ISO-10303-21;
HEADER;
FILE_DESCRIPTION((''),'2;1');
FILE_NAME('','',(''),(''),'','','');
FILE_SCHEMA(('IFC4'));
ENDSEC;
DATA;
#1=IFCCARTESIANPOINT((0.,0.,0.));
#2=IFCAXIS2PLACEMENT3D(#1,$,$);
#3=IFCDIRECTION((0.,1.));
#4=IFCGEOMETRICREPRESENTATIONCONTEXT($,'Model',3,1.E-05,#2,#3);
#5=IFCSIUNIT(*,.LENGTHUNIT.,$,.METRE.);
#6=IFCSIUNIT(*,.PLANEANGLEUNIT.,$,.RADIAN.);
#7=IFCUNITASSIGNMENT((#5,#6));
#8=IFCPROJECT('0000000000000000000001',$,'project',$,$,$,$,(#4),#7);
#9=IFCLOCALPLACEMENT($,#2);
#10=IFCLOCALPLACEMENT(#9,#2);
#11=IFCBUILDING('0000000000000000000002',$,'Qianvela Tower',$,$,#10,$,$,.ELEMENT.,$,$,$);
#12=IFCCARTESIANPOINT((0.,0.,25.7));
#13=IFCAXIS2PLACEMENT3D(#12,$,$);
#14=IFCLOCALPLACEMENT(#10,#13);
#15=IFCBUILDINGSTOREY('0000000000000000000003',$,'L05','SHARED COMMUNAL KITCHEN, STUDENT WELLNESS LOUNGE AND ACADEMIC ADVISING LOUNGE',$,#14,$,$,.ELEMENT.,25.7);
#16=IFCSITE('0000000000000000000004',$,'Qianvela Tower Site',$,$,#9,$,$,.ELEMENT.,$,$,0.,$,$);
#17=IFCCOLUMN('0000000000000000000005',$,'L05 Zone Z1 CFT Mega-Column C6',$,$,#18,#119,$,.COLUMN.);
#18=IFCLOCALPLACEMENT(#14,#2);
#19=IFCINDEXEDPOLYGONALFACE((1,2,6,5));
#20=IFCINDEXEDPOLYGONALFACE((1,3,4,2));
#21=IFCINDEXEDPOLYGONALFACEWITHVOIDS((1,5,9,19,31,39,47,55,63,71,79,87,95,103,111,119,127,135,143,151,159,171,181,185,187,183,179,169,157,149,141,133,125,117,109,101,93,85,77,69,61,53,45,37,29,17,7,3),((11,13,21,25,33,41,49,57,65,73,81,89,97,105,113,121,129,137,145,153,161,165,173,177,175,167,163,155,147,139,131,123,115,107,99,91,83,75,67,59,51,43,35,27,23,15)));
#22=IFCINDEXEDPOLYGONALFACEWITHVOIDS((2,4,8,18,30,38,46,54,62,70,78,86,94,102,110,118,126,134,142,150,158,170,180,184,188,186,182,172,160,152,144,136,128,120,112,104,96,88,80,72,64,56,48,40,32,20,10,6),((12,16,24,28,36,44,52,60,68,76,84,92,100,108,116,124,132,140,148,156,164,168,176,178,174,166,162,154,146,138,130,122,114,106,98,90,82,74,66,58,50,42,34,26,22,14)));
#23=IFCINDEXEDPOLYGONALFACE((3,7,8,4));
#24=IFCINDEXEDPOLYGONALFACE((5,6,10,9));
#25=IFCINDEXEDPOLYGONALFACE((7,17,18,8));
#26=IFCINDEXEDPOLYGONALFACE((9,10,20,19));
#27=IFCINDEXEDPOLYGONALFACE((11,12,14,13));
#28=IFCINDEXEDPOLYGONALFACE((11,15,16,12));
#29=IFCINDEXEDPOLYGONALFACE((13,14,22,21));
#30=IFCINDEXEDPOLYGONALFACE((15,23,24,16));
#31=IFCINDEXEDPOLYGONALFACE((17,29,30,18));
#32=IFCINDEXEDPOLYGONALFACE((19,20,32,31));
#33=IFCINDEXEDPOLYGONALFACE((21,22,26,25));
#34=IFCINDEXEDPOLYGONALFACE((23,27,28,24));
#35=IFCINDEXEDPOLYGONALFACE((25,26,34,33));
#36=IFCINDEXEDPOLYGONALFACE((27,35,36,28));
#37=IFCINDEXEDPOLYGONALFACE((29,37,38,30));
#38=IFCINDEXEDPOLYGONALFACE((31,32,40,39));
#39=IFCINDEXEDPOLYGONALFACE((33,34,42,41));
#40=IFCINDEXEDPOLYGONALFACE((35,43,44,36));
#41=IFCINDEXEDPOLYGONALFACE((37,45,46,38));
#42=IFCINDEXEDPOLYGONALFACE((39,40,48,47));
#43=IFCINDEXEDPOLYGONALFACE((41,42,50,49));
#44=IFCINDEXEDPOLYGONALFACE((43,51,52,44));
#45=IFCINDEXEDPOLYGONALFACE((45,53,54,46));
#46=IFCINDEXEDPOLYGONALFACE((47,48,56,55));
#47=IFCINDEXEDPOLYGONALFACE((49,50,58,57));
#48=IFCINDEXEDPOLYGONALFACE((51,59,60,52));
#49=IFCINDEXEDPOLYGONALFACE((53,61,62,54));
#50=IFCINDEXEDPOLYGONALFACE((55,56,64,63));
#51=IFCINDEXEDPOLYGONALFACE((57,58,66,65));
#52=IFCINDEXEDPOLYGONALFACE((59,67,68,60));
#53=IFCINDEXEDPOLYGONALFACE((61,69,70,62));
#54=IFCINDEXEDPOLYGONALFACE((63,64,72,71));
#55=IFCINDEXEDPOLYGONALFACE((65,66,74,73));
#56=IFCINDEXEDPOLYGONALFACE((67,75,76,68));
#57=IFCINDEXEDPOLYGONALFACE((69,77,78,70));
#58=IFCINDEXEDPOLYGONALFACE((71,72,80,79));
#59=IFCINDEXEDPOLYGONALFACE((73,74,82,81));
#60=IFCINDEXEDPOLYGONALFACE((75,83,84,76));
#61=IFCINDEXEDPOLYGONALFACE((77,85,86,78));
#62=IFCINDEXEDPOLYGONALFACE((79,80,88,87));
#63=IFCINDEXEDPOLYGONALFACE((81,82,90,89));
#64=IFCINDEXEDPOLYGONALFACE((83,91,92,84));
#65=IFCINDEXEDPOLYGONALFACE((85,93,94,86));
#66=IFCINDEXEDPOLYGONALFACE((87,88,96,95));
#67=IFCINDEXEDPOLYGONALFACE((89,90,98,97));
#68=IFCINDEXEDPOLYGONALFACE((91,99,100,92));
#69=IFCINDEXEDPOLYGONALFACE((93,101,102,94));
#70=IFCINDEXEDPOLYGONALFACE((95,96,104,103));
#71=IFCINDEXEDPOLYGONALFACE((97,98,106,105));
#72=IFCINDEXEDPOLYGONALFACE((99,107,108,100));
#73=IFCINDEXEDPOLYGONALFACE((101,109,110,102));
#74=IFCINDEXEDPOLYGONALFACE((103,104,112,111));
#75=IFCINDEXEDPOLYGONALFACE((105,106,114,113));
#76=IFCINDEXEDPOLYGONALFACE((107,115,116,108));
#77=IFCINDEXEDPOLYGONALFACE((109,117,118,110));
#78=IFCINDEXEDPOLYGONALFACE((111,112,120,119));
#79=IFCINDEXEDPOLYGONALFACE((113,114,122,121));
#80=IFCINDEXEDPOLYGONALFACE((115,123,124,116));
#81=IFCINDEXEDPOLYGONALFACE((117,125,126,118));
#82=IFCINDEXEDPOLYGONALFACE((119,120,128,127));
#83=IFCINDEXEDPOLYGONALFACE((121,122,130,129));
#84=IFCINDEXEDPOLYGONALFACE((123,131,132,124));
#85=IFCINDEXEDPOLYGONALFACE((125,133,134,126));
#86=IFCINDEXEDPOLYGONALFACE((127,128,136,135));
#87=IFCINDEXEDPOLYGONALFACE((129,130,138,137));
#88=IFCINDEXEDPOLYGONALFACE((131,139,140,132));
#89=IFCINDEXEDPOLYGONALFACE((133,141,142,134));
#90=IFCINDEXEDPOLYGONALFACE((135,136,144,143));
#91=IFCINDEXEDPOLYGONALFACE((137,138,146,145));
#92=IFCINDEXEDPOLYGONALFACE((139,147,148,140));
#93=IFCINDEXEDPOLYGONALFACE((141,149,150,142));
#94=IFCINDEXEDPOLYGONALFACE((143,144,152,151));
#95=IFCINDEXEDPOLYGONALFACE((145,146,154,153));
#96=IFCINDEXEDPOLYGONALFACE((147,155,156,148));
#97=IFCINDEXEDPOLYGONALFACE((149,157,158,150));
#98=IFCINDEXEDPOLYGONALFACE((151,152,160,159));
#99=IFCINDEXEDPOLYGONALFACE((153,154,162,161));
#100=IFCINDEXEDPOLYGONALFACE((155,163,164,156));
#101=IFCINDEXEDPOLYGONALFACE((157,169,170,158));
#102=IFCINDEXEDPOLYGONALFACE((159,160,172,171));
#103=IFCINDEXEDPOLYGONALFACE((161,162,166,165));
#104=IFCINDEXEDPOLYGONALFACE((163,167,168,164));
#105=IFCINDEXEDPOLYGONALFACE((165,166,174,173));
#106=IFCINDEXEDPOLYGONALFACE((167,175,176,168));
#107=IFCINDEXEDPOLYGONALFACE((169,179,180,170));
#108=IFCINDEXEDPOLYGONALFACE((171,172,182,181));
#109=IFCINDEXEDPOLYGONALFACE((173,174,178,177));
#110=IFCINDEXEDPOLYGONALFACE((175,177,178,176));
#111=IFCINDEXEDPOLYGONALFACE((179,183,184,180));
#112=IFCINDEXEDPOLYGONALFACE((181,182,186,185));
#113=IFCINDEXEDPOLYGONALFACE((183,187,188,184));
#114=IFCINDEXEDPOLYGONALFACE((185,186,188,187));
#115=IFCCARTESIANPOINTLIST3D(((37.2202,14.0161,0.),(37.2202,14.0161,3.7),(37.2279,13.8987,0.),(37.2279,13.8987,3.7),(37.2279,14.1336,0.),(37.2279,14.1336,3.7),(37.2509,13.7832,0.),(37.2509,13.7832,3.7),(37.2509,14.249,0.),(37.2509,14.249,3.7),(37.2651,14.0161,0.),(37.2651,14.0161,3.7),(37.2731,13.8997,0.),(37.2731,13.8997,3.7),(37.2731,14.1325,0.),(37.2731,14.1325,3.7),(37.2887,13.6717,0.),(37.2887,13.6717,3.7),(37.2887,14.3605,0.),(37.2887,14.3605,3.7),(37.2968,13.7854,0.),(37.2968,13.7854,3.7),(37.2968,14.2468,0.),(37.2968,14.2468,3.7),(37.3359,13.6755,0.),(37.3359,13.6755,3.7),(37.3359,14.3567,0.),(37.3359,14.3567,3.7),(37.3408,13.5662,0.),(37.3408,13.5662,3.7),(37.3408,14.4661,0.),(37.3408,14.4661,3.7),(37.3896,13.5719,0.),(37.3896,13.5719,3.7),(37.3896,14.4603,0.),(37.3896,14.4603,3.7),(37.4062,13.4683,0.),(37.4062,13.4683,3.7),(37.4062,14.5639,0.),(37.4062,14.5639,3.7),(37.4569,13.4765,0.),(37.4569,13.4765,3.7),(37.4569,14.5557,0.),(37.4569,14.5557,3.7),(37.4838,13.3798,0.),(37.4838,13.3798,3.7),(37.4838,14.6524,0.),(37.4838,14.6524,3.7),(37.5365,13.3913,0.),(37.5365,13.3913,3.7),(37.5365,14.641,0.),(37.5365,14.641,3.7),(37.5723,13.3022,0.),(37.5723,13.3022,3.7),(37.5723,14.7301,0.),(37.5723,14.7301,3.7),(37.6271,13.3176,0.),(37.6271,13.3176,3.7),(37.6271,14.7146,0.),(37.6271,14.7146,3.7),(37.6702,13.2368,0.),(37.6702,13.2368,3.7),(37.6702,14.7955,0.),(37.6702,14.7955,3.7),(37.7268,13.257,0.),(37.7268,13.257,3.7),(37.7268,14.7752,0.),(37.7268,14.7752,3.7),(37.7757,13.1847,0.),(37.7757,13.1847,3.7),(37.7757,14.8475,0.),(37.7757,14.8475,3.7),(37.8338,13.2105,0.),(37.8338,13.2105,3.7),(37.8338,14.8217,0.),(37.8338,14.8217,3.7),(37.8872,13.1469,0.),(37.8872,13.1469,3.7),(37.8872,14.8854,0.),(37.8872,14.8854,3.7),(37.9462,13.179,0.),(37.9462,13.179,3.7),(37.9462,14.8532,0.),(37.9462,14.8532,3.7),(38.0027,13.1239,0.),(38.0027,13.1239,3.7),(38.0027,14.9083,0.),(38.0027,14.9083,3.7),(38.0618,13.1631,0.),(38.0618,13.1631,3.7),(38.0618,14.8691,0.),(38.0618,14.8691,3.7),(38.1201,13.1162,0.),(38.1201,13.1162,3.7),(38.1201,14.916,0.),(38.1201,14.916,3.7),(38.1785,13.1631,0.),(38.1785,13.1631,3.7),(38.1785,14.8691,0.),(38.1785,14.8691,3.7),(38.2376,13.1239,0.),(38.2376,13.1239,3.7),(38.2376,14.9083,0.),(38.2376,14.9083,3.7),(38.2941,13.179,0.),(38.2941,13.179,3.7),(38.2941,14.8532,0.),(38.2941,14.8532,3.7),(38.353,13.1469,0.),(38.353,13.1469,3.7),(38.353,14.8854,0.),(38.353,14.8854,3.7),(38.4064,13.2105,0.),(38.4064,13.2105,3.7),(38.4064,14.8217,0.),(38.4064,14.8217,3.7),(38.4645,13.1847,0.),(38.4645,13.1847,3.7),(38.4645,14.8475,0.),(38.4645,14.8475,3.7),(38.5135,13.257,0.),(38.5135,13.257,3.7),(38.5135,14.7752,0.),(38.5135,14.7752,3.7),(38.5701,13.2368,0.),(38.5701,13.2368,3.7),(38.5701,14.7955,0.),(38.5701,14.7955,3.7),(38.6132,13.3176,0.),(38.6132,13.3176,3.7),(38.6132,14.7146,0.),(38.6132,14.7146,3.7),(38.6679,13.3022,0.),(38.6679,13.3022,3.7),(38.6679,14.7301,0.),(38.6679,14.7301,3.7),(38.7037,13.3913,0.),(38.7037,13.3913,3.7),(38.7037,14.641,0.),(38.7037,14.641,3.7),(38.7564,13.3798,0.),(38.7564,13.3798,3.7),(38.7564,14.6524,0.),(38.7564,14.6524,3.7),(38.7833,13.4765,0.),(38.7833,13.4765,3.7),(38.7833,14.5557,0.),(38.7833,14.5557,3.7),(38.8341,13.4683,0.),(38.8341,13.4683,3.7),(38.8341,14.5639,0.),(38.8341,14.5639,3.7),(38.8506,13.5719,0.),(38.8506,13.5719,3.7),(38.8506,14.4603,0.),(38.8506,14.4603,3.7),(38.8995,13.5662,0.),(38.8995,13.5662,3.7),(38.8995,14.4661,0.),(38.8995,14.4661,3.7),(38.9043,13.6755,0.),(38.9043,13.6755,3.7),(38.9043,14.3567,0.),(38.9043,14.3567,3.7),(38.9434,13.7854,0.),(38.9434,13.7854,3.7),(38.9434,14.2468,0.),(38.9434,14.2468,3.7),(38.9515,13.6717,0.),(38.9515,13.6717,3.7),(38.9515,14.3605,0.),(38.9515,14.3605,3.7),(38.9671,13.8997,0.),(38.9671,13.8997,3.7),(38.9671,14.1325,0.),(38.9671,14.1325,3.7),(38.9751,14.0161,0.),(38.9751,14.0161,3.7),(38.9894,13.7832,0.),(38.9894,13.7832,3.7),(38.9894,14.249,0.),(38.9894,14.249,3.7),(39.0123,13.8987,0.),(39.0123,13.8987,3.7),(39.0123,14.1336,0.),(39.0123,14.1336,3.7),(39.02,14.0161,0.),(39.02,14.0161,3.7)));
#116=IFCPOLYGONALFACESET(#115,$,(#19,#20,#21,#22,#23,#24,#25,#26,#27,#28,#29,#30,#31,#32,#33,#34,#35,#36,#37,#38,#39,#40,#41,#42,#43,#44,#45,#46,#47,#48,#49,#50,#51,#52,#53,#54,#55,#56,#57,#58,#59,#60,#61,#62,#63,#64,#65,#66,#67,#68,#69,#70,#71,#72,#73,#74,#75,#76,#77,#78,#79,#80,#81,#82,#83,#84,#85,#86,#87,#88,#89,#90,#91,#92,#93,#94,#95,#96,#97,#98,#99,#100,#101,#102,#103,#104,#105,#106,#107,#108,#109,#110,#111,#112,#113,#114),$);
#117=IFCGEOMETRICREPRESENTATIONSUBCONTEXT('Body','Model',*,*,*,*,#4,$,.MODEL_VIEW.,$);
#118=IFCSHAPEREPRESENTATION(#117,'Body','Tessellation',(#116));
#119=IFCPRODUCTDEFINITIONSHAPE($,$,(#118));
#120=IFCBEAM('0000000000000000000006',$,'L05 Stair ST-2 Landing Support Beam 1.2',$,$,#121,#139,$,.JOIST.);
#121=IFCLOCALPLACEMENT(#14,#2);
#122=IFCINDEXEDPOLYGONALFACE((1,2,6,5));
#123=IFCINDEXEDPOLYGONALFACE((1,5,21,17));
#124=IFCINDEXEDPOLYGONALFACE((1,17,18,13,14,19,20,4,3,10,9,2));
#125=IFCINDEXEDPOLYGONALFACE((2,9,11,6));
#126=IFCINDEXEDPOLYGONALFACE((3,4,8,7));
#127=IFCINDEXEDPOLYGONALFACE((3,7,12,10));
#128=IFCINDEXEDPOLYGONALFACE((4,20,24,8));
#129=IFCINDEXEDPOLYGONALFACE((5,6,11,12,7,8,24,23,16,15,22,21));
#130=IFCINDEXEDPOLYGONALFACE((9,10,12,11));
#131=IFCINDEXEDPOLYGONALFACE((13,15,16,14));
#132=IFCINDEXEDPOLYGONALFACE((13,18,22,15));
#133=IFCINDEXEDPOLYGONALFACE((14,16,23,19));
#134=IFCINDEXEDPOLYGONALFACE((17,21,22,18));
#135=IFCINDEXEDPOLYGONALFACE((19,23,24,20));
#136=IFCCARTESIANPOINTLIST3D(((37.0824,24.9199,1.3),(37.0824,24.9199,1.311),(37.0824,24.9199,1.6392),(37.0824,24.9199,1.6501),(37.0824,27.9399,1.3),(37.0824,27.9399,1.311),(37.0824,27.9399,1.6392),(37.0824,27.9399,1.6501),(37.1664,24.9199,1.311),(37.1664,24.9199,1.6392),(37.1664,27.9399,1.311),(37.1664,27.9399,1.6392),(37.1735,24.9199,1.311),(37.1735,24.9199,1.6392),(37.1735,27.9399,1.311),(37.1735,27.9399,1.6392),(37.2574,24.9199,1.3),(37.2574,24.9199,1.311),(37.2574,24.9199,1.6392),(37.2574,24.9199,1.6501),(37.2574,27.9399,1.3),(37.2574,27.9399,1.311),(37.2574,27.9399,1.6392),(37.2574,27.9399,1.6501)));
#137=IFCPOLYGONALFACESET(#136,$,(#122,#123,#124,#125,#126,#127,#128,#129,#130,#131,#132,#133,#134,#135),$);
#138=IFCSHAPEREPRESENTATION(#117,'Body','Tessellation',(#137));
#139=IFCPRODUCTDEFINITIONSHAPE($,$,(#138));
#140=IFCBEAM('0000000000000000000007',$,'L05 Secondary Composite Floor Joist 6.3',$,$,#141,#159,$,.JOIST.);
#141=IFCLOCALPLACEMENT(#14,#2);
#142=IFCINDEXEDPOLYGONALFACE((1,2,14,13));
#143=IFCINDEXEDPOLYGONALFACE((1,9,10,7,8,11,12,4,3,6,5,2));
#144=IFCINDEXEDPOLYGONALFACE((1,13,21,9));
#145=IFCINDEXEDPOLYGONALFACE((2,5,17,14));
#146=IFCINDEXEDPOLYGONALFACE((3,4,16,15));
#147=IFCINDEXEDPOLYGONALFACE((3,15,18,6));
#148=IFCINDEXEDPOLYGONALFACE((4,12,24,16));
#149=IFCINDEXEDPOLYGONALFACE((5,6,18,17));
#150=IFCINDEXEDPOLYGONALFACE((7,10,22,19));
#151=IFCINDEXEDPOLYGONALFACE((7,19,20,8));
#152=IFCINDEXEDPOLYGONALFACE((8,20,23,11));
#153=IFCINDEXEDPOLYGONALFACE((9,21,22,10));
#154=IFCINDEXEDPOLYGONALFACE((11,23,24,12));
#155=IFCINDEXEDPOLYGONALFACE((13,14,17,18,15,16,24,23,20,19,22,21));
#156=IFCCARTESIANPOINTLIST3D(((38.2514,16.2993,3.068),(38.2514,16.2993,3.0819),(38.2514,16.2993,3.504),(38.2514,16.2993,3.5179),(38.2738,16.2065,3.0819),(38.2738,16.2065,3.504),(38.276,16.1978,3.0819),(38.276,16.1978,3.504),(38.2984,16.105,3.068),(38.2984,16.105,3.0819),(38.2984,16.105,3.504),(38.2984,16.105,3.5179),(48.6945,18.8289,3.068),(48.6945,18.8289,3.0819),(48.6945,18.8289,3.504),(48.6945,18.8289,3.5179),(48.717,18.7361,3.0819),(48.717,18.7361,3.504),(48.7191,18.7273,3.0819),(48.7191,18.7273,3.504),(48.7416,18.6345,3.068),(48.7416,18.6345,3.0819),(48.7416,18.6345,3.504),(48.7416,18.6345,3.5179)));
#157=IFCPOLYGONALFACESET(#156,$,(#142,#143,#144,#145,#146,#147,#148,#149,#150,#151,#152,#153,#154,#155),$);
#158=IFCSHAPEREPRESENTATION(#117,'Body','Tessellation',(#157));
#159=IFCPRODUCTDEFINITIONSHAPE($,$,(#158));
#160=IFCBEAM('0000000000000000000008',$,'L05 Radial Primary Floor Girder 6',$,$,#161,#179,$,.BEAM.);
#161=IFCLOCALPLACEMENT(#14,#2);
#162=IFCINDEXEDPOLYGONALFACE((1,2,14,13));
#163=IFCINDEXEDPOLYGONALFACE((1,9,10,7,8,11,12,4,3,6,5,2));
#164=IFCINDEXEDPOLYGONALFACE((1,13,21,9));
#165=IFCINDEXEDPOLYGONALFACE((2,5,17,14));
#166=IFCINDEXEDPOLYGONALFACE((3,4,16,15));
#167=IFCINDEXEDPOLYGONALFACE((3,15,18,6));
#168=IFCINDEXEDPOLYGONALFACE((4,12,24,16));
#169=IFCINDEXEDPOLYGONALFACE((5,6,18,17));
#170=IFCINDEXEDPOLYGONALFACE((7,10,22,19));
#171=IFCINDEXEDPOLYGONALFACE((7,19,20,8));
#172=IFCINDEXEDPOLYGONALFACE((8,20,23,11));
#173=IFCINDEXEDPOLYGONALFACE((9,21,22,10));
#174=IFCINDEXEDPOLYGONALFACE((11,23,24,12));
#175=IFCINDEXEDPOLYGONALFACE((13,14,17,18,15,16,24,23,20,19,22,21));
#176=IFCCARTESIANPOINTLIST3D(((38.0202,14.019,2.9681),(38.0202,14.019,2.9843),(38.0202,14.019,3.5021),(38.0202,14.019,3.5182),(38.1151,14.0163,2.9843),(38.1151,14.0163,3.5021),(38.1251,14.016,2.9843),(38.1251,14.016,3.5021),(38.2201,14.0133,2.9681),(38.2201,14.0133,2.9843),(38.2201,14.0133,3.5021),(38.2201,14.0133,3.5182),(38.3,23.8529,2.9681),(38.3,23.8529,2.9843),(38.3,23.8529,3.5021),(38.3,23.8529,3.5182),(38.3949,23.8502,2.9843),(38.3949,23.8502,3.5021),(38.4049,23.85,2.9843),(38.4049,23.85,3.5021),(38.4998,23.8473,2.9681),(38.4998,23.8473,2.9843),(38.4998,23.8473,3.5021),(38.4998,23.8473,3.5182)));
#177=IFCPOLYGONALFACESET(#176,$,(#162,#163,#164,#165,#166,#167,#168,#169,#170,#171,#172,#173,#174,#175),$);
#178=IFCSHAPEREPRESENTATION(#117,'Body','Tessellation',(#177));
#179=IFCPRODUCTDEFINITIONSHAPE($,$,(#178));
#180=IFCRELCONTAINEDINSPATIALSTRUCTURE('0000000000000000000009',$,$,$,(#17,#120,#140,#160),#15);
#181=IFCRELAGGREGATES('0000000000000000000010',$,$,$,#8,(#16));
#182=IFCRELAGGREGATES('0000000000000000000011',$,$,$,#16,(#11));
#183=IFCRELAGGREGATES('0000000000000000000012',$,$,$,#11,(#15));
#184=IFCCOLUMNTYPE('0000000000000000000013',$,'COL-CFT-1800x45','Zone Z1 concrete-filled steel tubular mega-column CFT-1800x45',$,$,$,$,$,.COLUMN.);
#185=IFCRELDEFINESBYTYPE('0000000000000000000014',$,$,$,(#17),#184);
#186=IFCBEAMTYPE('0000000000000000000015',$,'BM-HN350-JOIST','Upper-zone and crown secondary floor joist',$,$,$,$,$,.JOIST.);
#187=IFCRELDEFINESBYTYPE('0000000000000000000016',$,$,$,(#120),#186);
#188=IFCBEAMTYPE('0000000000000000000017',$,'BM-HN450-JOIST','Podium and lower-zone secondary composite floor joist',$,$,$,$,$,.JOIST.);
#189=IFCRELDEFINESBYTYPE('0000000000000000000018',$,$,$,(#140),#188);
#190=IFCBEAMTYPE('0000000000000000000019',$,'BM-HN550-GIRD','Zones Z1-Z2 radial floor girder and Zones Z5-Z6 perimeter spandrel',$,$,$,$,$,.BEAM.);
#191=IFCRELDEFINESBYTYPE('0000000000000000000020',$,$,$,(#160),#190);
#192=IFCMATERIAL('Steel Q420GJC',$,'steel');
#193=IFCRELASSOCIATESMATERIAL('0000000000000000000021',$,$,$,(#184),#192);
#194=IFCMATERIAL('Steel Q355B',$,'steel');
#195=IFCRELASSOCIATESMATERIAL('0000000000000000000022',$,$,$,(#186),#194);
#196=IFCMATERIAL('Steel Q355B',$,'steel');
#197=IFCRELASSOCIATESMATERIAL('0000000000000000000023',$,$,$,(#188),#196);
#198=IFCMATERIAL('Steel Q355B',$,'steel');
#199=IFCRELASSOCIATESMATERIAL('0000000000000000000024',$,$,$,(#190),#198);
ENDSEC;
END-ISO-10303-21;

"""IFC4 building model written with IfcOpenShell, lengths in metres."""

from ifc_helpers import new_model, si_unit, direction, frame, origin, origin_2d, place, context, subcontext, project, spatial, hollow_circle, i_section, extrude, material, material_profile, profile_set, type_object, element, save


model = new_model("IFC4")

# Units and contexts
model_context = context("Model", 3, precision=1e-05, world=origin(), true_north=direction((0.0, 1.0)))
body_context = subcontext(model_context, "Body", "Model", "MODEL_VIEW")
ifc_project = project(units=[si_unit("LENGTHUNIT", "METRE"), si_unit("PLANEANGLEUNIT", "RADIAN")], contexts=[model_context])

# Site, building, storey
site_placement = place(None, origin())
site = spatial("IfcSite", under=ifc_project, at=site_placement, Name="Qianvela Tower Site", CompositionType="ELEMENT", RefElevation=0.0)
building_placement = place(site_placement, origin())
building = spatial("IfcBuilding", under=site, at=building_placement, Name="Qianvela Tower", CompositionType="ELEMENT")
storey_placement = place(building_placement, frame((0.0, 0.0, 25.7)))
storey = spatial("IfcBuildingStorey", under=building, at=storey_placement, Name="L05", Description="SHARED COMMUNAL KITCHEN, STUDENT WELLNESS LOUNGE AND ACADEMIC ADVISING LOUNGE", CompositionType="ELEMENT", Elevation=25.7)

# Column
ifc_material_1 = material(Name="Steel Q420GJC", Category="steel")
ifc_material_profile_1 = material_profile(ifc_material_1, hollow_circle(Radius=0.8999, WallThickness=0.0449, at=origin_2d()), Name="CFT-1800x45")
ifc_profile_set_1 = profile_set([ifc_material_profile_1], Name="Steel Q420GJC")
column_type = type_object("IfcColumnType", Name="COL-CFT-1800x45", Description="Zone Z1 concrete-filled steel tubular mega-column CFT-1800x45", PredefinedType="COLUMN", material=ifc_profile_set_1)
for number, where, z_axis, x_axis, name in (
    (1, (38.1201, 14.0161, 0.0), (0.0, 0.0, 1.0), (1.0, 0.0, 0.0), "L05 Zone Z1 CFT Mega-Column C6"),
):
    element("IfcColumn", number, at=place(storey_placement, frame(where, z_axis=z_axis, x_axis=x_axis)), inside=storey, type_object=column_type, Name=name, PredefinedType="COLUMN", context=body_context, shape_type="SweptSolid", body=[
        extrude(hollow_circle(Radius=0.8999, WallThickness=0.0449, at=origin_2d()), origin(), (0.0, 0.0, 1.0), 3.7),
    ])

# Beams
ifc_material_2 = material(Name="Steel Q355B", Category="steel")
ifc_material_profile_2 = material_profile(ifc_material_2, i_section(OverallWidth=0.175, OverallDepth=0.3501, WebThickness=0.0071, FlangeThickness=0.011, at=origin_2d()), Name="HN350x175x7x11")
ifc_profile_set_2 = profile_set([ifc_material_profile_2], Name="Steel Q355B")
beam_type_1 = type_object("IfcBeamType", Name="BM-HN350-JOIST", Description="Upper-zone and crown secondary floor joist", PredefinedType="JOIST", material=ifc_profile_set_2)
beam_1_placement = place(storey_placement, frame((37.1699, 24.9199, 1.4751), z_axis=(0.0, 1.0, 0.0), x_axis=(-1.0, 0.0, 0.0)))
element("IfcBeam", 2, at=beam_1_placement, inside=storey, type_object=beam_type_1, Name="L05 Stair ST-2 Landing Support Beam 1.2", PredefinedType="JOIST", context=body_context, shape_type="SweptSolid", body=[
    extrude(i_section(OverallWidth=0.175, OverallDepth=0.3501, WebThickness=0.0071, FlangeThickness=0.011, at=origin_2d()), origin(), (0.0, 0.0, 1.0), 3.02),
])
ifc_material_3 = material(Name="Steel Q355B", Category="steel")
ifc_material_profile_3 = material_profile(ifc_material_3, i_section(OverallWidth=0.2, OverallDepth=0.45, WebThickness=0.009, FlangeThickness=0.0139, at=origin_2d()), Name="HN450x200x9x14")
ifc_profile_set_3 = profile_set([ifc_material_profile_3], Name="Steel Q355B")
beam_type_2 = type_object("IfcBeamType", Name="BM-HN450-JOIST", Description="Podium and lower-zone secondary composite floor joist", PredefinedType="JOIST", material=ifc_profile_set_3)
beam_2_placement = place(storey_placement, frame((38.2749, 16.2021, 3.293), z_axis=(0.971895, 0.235413, 0.0), x_axis=(-0.235413, 0.971895, 0.0)))
element("IfcBeam", 3, at=beam_2_placement, inside=storey, type_object=beam_type_2, Name="L05 Secondary Composite Floor Joist 6.3", PredefinedType="JOIST", context=body_context, shape_type="SweptSolid", body=[
    extrude(i_section(OverallWidth=0.2, OverallDepth=0.45, WebThickness=0.009, FlangeThickness=0.0139, at=origin_2d()), origin(), (0.0, 0.0, 1.0), 10.7451),
])
ifc_material_4 = material(Name="Steel Q355B", Category="steel")
ifc_material_profile_4 = material_profile(ifc_material_4, i_section(OverallWidth=0.2, OverallDepth=0.55, WebThickness=0.01, FlangeThickness=0.0161, at=origin_2d()), Name="HN550x200x10x16")
ifc_profile_set_4 = profile_set([ifc_material_profile_4], Name="Steel Q355B")
beam_type_3 = type_object("IfcBeamType", Name="BM-HN550-GIRD", Description="Zones Z1-Z2 radial floor girder and Zones Z5-Z6 perimeter spandrel", PredefinedType="BEAM", material=ifc_profile_set_4)
beam_3_placement = place(storey_placement, frame((38.3999, 23.8501, 3.2432), z_axis=(-0.028439, -0.999596, 0.0), x_axis=(0.999596, -0.028439, 0.0)))
element("IfcBeam", 4, at=beam_3_placement, inside=storey, type_object=beam_type_3, Name="L05 Radial Primary Floor Girder 6", PredefinedType="BEAM", context=body_context, shape_type="SweptSolid", body=[
    extrude(i_section(OverallWidth=0.2, OverallDepth=0.55, WebThickness=0.01, FlangeThickness=0.0161, at=origin_2d()), origin(), (0.0, 0.0, 1.0), 9.8379),
])

save(model, "model.ifc")
